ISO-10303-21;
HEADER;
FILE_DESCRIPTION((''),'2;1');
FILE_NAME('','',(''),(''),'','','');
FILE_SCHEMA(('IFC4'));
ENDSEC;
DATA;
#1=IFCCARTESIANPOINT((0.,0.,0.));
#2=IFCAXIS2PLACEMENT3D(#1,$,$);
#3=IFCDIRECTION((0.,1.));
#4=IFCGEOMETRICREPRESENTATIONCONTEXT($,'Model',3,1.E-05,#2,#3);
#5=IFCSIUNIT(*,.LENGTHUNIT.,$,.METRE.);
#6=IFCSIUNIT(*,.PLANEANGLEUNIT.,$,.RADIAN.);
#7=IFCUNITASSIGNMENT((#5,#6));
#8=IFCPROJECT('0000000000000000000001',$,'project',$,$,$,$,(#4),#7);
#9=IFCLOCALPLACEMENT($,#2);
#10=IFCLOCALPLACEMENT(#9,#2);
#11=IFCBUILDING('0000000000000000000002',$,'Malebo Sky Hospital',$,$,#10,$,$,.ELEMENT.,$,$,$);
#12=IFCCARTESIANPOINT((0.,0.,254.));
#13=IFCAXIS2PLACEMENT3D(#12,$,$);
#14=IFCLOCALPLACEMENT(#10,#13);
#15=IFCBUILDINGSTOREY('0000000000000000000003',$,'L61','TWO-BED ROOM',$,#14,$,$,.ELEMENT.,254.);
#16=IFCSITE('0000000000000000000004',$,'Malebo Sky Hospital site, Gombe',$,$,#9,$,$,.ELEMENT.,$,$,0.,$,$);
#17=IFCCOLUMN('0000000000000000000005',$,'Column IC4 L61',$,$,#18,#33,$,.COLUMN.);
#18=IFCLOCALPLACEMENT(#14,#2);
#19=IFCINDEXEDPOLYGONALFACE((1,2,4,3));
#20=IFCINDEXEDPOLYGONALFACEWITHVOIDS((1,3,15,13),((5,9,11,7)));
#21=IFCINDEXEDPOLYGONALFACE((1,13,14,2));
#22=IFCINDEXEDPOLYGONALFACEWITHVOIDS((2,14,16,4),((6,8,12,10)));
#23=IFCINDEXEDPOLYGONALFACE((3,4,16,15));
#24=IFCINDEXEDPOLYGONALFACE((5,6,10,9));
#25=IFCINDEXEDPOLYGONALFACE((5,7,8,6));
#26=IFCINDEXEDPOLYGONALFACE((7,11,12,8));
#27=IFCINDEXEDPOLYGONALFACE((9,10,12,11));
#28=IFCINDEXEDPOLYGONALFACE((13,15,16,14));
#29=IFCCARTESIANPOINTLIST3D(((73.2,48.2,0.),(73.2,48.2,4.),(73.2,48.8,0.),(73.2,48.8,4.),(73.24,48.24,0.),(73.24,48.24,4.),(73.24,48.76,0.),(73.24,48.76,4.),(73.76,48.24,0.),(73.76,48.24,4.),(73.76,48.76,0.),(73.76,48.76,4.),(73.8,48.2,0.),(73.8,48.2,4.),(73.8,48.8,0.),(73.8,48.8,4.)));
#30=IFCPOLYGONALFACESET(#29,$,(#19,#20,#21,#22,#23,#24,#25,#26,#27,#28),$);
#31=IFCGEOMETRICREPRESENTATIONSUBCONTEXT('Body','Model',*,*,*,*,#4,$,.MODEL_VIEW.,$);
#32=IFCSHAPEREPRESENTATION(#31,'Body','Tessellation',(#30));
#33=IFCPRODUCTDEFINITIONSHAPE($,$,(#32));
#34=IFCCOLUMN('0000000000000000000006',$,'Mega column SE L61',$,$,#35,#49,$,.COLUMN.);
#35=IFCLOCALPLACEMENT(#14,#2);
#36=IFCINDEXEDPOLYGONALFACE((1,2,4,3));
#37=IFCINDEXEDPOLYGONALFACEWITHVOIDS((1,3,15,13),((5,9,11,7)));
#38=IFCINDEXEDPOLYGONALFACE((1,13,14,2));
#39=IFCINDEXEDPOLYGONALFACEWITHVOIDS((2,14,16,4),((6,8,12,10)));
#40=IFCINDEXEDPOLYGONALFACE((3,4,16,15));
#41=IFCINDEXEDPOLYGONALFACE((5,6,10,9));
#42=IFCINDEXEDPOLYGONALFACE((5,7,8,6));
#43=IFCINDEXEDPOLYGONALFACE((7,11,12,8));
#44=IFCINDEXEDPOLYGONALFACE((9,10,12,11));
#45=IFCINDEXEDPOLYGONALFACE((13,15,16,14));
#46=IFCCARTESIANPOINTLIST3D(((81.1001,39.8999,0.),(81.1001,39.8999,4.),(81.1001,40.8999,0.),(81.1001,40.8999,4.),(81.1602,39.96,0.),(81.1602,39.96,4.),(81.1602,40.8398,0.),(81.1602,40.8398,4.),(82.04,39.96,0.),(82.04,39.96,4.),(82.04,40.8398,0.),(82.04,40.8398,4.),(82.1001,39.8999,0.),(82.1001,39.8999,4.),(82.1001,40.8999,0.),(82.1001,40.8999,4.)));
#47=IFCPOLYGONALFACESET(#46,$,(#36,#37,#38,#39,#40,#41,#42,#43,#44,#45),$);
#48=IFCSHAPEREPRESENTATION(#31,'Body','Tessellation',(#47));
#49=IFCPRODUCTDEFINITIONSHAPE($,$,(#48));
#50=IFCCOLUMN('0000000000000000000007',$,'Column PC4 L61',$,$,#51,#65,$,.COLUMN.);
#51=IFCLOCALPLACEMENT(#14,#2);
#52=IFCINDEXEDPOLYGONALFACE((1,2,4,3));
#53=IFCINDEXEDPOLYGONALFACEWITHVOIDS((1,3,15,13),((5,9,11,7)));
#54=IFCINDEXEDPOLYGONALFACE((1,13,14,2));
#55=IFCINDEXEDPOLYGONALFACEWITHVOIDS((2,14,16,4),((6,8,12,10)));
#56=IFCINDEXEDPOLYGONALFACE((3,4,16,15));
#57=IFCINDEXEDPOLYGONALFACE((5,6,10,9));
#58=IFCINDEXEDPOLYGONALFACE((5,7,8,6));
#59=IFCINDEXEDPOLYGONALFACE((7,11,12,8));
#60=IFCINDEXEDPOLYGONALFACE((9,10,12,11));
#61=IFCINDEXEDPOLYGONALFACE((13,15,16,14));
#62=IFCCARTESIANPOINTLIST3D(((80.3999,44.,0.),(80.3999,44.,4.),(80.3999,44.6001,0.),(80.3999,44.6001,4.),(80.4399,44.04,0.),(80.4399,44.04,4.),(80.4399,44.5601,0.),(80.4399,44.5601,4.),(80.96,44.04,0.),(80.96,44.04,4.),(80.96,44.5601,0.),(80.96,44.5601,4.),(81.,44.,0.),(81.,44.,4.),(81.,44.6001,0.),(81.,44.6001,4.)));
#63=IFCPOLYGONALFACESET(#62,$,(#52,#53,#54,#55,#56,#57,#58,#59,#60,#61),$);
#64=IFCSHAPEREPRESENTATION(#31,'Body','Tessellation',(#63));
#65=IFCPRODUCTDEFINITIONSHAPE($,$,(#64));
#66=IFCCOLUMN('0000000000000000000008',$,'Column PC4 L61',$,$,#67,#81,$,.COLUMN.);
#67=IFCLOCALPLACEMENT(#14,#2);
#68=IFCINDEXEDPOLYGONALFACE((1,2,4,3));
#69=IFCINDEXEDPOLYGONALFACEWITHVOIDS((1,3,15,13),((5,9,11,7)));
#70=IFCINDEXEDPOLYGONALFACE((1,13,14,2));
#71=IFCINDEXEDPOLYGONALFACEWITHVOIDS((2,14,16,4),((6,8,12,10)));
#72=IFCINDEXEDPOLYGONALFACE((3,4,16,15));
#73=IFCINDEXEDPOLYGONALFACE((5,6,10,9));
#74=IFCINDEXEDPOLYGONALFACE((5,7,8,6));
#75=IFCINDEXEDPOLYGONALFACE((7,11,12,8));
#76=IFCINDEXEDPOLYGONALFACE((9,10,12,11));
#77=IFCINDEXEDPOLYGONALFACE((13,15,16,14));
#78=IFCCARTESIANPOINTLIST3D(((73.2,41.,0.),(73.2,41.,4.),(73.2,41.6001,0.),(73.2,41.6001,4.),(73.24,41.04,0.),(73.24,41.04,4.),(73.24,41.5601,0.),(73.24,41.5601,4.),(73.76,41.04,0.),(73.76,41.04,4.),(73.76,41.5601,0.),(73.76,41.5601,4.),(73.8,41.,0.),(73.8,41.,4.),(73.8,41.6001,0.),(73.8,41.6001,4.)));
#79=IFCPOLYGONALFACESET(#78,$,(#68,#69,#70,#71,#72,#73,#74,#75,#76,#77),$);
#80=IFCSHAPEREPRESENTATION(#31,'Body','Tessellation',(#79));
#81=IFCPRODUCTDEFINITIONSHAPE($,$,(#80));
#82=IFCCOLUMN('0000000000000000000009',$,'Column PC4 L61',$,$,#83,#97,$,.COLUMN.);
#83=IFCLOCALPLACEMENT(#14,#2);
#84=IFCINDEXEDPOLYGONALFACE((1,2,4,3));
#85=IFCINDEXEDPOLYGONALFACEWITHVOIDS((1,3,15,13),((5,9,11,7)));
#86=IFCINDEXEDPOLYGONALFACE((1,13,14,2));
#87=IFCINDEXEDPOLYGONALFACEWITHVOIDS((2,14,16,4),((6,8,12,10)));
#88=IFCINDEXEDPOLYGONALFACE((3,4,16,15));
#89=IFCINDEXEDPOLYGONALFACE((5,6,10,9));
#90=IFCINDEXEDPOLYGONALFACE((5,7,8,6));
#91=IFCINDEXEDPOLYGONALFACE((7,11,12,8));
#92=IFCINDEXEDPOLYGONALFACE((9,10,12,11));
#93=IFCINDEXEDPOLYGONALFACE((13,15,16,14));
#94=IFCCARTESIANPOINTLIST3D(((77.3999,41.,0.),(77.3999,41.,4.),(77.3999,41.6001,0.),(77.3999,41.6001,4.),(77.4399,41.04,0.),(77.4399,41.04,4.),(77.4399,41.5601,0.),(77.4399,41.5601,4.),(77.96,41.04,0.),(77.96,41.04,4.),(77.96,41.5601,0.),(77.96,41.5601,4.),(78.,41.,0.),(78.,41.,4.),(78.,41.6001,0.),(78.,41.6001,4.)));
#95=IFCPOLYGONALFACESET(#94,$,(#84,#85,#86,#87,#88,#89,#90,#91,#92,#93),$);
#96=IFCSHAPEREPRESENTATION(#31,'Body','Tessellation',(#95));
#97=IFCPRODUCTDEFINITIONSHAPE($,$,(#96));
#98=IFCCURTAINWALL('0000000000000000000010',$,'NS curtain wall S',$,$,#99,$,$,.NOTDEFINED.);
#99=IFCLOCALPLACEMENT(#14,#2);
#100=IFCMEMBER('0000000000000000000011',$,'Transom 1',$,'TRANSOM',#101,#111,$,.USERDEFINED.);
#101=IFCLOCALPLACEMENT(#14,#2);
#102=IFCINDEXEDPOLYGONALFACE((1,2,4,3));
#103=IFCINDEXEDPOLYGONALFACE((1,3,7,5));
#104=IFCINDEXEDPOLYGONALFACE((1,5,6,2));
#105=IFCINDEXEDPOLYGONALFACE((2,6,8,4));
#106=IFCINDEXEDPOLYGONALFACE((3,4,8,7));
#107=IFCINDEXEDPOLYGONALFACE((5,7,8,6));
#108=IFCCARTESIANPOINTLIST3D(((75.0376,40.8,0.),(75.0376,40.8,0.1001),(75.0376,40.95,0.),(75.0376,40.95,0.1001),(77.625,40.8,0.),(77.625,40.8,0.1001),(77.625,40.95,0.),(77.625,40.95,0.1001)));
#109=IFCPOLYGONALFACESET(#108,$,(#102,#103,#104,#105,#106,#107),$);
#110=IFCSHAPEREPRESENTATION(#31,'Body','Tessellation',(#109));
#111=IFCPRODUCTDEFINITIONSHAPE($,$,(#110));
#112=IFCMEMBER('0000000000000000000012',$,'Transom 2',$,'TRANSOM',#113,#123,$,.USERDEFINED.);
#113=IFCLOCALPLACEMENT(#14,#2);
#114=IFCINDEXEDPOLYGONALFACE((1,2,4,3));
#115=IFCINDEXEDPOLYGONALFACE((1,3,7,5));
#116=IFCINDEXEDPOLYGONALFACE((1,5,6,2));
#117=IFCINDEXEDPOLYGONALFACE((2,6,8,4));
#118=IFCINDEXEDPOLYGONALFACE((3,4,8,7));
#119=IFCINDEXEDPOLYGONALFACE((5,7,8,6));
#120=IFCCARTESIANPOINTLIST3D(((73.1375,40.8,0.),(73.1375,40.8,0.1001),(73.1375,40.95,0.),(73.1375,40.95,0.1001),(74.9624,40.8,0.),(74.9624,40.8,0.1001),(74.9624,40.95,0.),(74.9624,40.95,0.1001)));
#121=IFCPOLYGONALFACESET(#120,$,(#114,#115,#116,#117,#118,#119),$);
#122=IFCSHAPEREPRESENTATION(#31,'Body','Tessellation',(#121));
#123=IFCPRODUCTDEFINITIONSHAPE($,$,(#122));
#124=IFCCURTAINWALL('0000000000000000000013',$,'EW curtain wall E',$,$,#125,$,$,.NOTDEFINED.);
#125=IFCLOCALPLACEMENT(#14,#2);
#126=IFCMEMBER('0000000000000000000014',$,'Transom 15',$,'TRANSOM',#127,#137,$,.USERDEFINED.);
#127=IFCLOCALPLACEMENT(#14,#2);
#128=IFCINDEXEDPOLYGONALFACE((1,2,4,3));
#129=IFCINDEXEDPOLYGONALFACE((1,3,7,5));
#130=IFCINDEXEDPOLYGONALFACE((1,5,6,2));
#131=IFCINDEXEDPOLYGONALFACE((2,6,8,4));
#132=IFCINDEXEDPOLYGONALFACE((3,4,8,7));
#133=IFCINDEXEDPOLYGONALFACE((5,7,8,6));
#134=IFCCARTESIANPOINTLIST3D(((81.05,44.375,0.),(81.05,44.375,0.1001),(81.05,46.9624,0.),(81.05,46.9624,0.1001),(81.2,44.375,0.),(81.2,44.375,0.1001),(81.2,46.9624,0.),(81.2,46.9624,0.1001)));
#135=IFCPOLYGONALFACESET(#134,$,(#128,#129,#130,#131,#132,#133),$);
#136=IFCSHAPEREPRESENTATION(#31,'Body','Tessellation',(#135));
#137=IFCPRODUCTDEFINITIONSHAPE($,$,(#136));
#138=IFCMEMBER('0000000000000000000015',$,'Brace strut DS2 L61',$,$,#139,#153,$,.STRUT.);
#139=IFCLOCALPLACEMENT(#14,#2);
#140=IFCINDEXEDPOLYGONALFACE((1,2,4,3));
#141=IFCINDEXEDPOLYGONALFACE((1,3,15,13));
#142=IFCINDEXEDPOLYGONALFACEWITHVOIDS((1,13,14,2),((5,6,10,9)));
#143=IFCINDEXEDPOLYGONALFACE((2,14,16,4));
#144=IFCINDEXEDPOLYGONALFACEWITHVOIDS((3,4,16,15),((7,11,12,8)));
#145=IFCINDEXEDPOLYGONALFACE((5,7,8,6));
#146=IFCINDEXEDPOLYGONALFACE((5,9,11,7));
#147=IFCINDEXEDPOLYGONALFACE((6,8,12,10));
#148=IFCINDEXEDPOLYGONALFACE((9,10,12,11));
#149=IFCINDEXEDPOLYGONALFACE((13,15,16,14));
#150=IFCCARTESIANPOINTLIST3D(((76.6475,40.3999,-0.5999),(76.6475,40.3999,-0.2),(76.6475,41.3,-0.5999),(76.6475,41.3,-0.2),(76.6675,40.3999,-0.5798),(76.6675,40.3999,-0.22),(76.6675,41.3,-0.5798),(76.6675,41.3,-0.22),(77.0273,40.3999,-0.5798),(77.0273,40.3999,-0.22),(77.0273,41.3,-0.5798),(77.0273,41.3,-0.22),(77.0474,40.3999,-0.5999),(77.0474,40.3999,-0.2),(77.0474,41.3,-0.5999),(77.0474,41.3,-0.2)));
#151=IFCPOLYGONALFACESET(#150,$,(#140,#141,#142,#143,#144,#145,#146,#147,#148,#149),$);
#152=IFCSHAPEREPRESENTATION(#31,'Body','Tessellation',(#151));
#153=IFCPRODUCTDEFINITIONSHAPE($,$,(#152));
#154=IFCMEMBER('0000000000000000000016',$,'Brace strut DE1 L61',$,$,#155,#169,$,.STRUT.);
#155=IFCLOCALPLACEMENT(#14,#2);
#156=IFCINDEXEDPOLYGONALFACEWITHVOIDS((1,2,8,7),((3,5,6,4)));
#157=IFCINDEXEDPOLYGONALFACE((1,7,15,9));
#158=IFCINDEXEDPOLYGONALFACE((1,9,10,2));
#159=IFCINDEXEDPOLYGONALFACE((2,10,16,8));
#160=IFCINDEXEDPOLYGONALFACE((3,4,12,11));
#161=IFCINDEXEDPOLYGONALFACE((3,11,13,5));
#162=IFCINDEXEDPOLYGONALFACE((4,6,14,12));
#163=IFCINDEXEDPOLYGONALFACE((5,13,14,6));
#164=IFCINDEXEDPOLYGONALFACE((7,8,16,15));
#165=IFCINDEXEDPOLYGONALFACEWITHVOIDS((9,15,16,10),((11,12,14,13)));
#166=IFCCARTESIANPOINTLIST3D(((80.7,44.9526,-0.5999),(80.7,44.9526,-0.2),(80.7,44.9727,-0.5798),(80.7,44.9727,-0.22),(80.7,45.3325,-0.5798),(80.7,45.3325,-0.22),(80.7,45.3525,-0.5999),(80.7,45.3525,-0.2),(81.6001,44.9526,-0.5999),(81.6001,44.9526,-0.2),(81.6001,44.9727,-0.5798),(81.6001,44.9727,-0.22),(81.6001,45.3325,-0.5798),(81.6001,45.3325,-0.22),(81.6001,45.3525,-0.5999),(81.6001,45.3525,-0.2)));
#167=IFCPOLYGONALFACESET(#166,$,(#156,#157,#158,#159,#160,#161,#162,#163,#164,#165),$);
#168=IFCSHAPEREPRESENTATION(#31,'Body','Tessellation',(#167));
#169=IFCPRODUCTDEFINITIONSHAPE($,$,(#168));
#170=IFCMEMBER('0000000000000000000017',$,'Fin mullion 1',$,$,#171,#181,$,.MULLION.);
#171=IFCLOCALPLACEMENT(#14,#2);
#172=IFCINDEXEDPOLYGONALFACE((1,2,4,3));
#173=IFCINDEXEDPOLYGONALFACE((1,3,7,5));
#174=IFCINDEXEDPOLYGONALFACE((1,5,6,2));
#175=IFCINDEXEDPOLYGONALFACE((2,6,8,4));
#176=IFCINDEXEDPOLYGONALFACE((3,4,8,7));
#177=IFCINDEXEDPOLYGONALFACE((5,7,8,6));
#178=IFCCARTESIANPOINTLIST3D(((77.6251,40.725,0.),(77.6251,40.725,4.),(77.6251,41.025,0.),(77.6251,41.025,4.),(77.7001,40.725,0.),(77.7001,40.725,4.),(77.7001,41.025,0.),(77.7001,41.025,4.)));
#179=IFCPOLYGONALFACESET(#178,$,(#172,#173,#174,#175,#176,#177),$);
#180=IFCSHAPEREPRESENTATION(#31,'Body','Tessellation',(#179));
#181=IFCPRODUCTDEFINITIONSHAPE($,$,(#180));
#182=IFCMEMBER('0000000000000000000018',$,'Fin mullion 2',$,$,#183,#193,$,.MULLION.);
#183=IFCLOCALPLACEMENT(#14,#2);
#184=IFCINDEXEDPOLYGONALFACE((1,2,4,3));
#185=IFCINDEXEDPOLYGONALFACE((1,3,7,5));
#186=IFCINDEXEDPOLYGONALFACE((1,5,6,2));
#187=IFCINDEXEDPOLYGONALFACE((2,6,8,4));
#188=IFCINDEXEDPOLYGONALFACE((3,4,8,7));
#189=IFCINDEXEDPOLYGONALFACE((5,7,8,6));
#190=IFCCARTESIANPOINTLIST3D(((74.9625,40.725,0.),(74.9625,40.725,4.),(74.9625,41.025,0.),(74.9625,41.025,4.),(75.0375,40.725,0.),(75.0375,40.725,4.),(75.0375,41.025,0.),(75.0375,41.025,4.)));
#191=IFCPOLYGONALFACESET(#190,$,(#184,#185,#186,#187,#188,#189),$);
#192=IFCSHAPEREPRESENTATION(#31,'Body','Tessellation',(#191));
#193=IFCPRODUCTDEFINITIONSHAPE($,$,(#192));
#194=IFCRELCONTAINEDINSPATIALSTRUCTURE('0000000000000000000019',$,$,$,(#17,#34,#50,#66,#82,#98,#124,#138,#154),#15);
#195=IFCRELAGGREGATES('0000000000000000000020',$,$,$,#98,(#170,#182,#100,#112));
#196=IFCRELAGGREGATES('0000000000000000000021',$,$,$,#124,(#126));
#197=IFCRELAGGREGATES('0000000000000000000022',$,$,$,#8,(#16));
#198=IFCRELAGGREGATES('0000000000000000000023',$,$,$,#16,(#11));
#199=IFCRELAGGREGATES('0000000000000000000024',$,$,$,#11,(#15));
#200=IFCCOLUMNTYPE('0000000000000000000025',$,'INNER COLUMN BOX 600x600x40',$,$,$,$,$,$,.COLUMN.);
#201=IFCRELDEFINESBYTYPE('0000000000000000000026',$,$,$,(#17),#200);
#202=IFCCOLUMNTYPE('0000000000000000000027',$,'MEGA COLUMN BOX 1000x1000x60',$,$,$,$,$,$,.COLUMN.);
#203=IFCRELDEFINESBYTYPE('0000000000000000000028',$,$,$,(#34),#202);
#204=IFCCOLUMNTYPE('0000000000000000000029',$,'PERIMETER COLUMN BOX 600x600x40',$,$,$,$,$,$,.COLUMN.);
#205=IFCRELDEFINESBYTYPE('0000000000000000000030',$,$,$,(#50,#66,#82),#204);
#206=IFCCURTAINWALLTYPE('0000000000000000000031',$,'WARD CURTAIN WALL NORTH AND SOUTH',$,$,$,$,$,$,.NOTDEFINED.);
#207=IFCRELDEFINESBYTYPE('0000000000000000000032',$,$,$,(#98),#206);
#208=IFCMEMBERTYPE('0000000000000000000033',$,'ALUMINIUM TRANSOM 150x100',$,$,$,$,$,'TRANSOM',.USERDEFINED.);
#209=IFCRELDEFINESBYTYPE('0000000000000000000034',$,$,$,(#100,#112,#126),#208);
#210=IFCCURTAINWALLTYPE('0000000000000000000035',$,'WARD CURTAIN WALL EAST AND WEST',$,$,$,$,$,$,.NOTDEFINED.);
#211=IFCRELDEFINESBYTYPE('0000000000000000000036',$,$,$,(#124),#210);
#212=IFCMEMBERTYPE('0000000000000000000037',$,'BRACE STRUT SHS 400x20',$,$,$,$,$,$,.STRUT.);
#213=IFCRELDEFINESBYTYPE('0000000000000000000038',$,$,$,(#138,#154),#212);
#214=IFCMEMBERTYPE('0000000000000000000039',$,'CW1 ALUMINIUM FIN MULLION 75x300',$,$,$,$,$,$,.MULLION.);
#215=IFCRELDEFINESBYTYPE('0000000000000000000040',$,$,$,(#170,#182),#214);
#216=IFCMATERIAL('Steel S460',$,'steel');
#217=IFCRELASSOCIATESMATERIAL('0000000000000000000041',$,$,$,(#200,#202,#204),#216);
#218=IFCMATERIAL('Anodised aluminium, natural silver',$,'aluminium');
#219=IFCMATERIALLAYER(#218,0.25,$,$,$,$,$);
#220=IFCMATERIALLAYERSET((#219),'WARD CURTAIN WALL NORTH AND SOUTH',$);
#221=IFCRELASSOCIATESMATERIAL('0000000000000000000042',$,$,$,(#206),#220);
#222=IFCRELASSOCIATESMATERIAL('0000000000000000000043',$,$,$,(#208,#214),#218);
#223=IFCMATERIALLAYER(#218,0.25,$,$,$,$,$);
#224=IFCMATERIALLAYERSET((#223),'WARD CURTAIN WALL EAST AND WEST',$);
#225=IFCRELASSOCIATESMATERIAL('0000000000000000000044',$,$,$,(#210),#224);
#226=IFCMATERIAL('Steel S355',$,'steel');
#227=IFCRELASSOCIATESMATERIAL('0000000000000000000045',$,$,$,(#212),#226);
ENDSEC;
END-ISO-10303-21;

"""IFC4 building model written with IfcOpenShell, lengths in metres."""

from ifc_helpers import new_model, si_unit, direction, frame, origin, origin_2d, place, context, subcontext, project, spatial, rectangle, hollow_rectangle, extrude, material, layer, layer_set, material_profile, profile_set, type_object, element, aggregate, save


model = new_model("IFC4")

# Units and contexts
model_context = context("Model", 3, precision=1e-05, world=origin(), true_north=direction((0.0, 1.0)))
body_context = subcontext(model_context, "Body", "Model", "MODEL_VIEW")
ifc_project = project(units=[si_unit("LENGTHUNIT", "METRE"), si_unit("PLANEANGLEUNIT", "RADIAN")], contexts=[model_context])

# Site, building, storey
site_placement = place(None, origin())
site = spatial("IfcSite", under=ifc_project, at=site_placement, Name="Malebo Sky Hospital site, Gombe", CompositionType="ELEMENT", RefElevation=0.0)
building_placement = place(site_placement, origin())
building = spatial("IfcBuilding", under=site, at=building_placement, Name="Malebo Sky Hospital", CompositionType="ELEMENT")
storey_placement = place(building_placement, frame((0.0, 0.0, 254.0)))
storey = spatial("IfcBuildingStorey", under=building, at=storey_placement, Name="L61", Description="TWO-BED ROOM", CompositionType="ELEMENT", Elevation=254.0)

# Columns
ifc_material_1 = material(Name="Steel S460", Category="steel")
ifc_material_profile_1 = material_profile(ifc_material_1, hollow_rectangle(XDim=0.6001, YDim=0.6001, WallThickness=0.04, at=origin_2d()), Name="BOX 600x600x40")
ifc_profile_set_1 = profile_set([ifc_material_profile_1], Name="Steel S460")
column_type_1 = type_object("IfcColumnType", Name="INNER COLUMN BOX 600x600x40", PredefinedType="COLUMN", material=ifc_profile_set_1)
column_1_placement = place(storey_placement, frame((73.5, 48.5, 0.0), z_axis=(0.0, 0.0, 1.0), x_axis=(1.0, 0.0, 0.0)))
element("IfcColumn", 1, at=column_1_placement, inside=storey, type_object=column_type_1, Name="Column IC4 L61", PredefinedType="COLUMN", context=body_context, shape_type="SweptSolid", body=[
    extrude(hollow_rectangle(XDim=0.6001, YDim=0.6001, WallThickness=0.04, at=origin_2d()), origin(), (0.0, 0.0, 1.0), 4.0),
])
ifc_material_profile_2 = material_profile(ifc_material_1, hollow_rectangle(XDim=1.0, YDim=1.0, WallThickness=0.0601, at=origin_2d()), Name="BOX 1000x1000x60")
ifc_profile_set_2 = profile_set([ifc_material_profile_2], Name="Steel S460")
column_type_2 = type_object("IfcColumnType", Name="MEGA COLUMN BOX 1000x1000x60", PredefinedType="COLUMN", material=ifc_profile_set_2)
column_2_placement = place(storey_placement, frame((81.6001, 40.3999, 0.0), z_axis=(0.0, 0.0, 1.0), x_axis=(1.0, 0.0, 0.0)))
element("IfcColumn", 2, at=column_2_placement, inside=storey, type_object=column_type_2, Name="Mega column SE L61", PredefinedType="COLUMN", context=body_context, shape_type="SweptSolid", body=[
    extrude(hollow_rectangle(XDim=1.0, YDim=1.0, WallThickness=0.0601, at=origin_2d()), origin(), (0.0, 0.0, 1.0), 4.0),
])
ifc_material_profile_3 = material_profile(ifc_material_1, hollow_rectangle(XDim=0.6001, YDim=0.6001, WallThickness=0.04, at=origin_2d()), Name="BOX 600x600x40")
ifc_profile_set_3 = profile_set([ifc_material_profile_3], Name="Steel S460")
column_type_3 = type_object("IfcColumnType", Name="PERIMETER COLUMN BOX 600x600x40", PredefinedType="COLUMN", material=ifc_profile_set_3)
for number, where, z_axis, x_axis, name in (
    (3, (80.7, 44.3, 0.0), (0.0, 0.0, 1.0), (1.0, 0.0, 0.0), "Column PC4 L61"),
    (4, (73.5, 41.3, 0.0), (0.0, 0.0, 1.0), (1.0, 0.0, 0.0), "Column PC4 L61"),
    (5, (77.7, 41.3, 0.0), (0.0, 0.0, 1.0), (1.0, 0.0, 0.0), "Column PC4 L61"),
):
    element("IfcColumn", number, at=place(storey_placement, frame(where, z_axis=z_axis, x_axis=x_axis)), inside=storey, type_object=column_type_3, Name=name, PredefinedType="COLUMN", context=body_context, shape_type="SweptSolid", body=[
        extrude(hollow_rectangle(XDim=0.6001, YDim=0.6001, WallThickness=0.04, at=origin_2d()), origin(), (0.0, 0.0, 1.0), 4.0),
    ])

# Curtain wall, members
ifc_material_2 = material(Name="Anodised aluminium, natural silver", Category="aluminium")
ifc_layer_1 = layer(ifc_material_2, 0.25)
ifc_layer_set_1 = layer_set([ifc_layer_1], Name="WARD CURTAIN WALL NORTH AND SOUTH")
curtain_wall_type_1 = type_object("IfcCurtainWallType", Name="WARD CURTAIN WALL NORTH AND SOUTH", PredefinedType="NOTDEFINED", material=ifc_layer_set_1)
curtain_wall_1_placement = place(storey_placement, origin())
curtain_wall_1 = element("IfcCurtainWall", 6, at=curtain_wall_1_placement, inside=storey, type_object=curtain_wall_type_1, Name="NS curtain wall S", PredefinedType="NOTDEFINED")
ifc_material_profile_4 = material_profile(ifc_material_2, rectangle(XDim=0.1499, YDim=0.1001, at=origin_2d()), Name="ALUMINIUM TRANSOM 150x100")
ifc_profile_set_4 = profile_set([ifc_material_profile_4], Name="Anodised aluminium, natural silver")
member_type_1 = type_object("IfcMemberType", Name="ALUMINIUM TRANSOM 150x100", ElementType="TRANSOM", PredefinedType="USERDEFINED", material=ifc_profile_set_4)
member_1_placement = place(storey_placement, frame((77.625, 40.875, 0.05), z_axis=(-1.0, 0.0, 0.0), x_axis=(0.0, -1.0, 0.0)))
member_1 = element("IfcMember", 7, at=member_1_placement, type_object=member_type_1, Name="Transom 1", ObjectType="TRANSOM", PredefinedType="USERDEFINED", context=body_context, shape_type="SweptSolid", body=[
    extrude(rectangle(XDim=0.1499, YDim=0.1001, at=origin_2d()), origin(), (0.0, 0.0, 1.0), 2.5874),
])
member_2_placement = place(storey_placement, frame((74.9624, 40.875, 0.05), z_axis=(-1.0, 0.0, 0.0), x_axis=(0.0, -1.0, 0.0)))
member_2 = element("IfcMember", 8, at=member_2_placement, type_object=member_type_1, Name="Transom 2", ObjectType="TRANSOM", PredefinedType="USERDEFINED", context=body_context, shape_type="SweptSolid", body=[
    extrude(rectangle(XDim=0.1499, YDim=0.1001, at=origin_2d()), origin(), (0.0, 0.0, 1.0), 1.825),
])

# Curtain wall, member
ifc_layer_2 = layer(ifc_material_2, 0.25)
ifc_layer_set_2 = layer_set([ifc_layer_2], Name="WARD CURTAIN WALL EAST AND WEST")
curtain_wall_type_2 = type_object("IfcCurtainWallType", Name="WARD CURTAIN WALL EAST AND WEST", PredefinedType="NOTDEFINED", material=ifc_layer_set_2)
curtain_wall_2_placement = place(storey_placement, origin())
curtain_wall_2 = element("IfcCurtainWall", 9, at=curtain_wall_2_placement, inside=storey, type_object=curtain_wall_type_2, Name="EW curtain wall E", PredefinedType="NOTDEFINED")
member_3_placement = place(storey_placement, frame((81.125, 46.9624, 0.05), z_axis=(0.0, -1.0, 0.0), x_axis=(1.0, 0.0, 0.0)))
member_3 = element("IfcMember", 10, at=member_3_placement, type_object=member_type_1, Name="Transom 15", ObjectType="TRANSOM", PredefinedType="USERDEFINED", context=body_context, shape_type="SweptSolid", body=[
    extrude(rectangle(XDim=0.1499, YDim=0.1001, at=origin_2d()), origin(), (0.0, 0.0, 1.0), 2.5874),
])

# Members
ifc_material_3 = material(Name="Steel S355", Category="steel")
ifc_material_profile_5 = material_profile(ifc_material_3, hollow_rectangle(XDim=0.3999, YDim=0.3999, WallThickness=0.02, at=origin_2d()), Name="SHS 400x20")
ifc_profile_set_5 = profile_set([ifc_material_profile_5], Name="Steel S355")
member_type_2 = type_object("IfcMemberType", Name="BRACE STRUT SHS 400x20", PredefinedType="STRUT", material=ifc_profile_set_5)
for number, where, z_axis, x_axis, name in (
    (11, (76.8474, 40.3999, -0.3999), (0.0, 1.0, 0.0), (-1.0, 0.0, 0.0), "Brace strut DS2 L61"),
    (12, (81.6001, 45.1526, -0.3999), (-1.0, 0.0, 0.0), (0.0, -1.0, 0.0), "Brace strut DE1 L61"),
):
    element("IfcMember", number, at=place(storey_placement, frame(where, z_axis=z_axis, x_axis=x_axis)), inside=storey, type_object=member_type_2, Name=name, PredefinedType="STRUT", context=body_context, shape_type="SweptSolid", body=[
        extrude(hollow_rectangle(XDim=0.3999, YDim=0.3999, WallThickness=0.02, at=origin_2d()), origin(), (0.0, 0.0, 1.0), 0.9001),
    ])

# Members
ifc_material_profile_6 = material_profile(ifc_material_2, rectangle(XDim=0.075, YDim=0.3, at=origin_2d()), Name="CW1 ALUMINIUM FIN MULLION 75x300")
ifc_profile_set_6 = profile_set([ifc_material_profile_6], Name="Anodised aluminium, natural silver")
member_type_3 = type_object("IfcMemberType", Name="CW1 ALUMINIUM FIN MULLION 75x300", PredefinedType="MULLION", material=ifc_profile_set_6)
member_4_placement = place(storey_placement, frame((77.6626, 40.875, 0.0), z_axis=(0.0, 0.0, 1.0), x_axis=(-1.0, 0.0, 0.0)))
member_4 = element("IfcMember", 13, at=member_4_placement, type_object=member_type_3, Name="Fin mullion 1", PredefinedType="MULLION", context=body_context, shape_type="SweptSolid", body=[
    extrude(rectangle(XDim=0.075, YDim=0.3, at=origin_2d()), origin(), (0.0, 0.0, 1.0), 4.0),
])
member_5_placement = place(storey_placement, frame((75.0, 40.875, 0.0), z_axis=(0.0, 0.0, 1.0), x_axis=(-1.0, 0.0, 0.0)))
member_5 = element("IfcMember", 14, at=member_5_placement, type_object=member_type_3, Name="Fin mullion 2", PredefinedType="MULLION", context=body_context, shape_type="SweptSolid", body=[
    extrude(rectangle(XDim=0.075, YDim=0.3, at=origin_2d()), origin(), (0.0, 0.0, 1.0), 4.0),
])

aggregate(curtain_wall_1, [member_4, member_5, member_1, member_2])
aggregate(curtain_wall_2, [member_3])

save(model, "model.ifc")
